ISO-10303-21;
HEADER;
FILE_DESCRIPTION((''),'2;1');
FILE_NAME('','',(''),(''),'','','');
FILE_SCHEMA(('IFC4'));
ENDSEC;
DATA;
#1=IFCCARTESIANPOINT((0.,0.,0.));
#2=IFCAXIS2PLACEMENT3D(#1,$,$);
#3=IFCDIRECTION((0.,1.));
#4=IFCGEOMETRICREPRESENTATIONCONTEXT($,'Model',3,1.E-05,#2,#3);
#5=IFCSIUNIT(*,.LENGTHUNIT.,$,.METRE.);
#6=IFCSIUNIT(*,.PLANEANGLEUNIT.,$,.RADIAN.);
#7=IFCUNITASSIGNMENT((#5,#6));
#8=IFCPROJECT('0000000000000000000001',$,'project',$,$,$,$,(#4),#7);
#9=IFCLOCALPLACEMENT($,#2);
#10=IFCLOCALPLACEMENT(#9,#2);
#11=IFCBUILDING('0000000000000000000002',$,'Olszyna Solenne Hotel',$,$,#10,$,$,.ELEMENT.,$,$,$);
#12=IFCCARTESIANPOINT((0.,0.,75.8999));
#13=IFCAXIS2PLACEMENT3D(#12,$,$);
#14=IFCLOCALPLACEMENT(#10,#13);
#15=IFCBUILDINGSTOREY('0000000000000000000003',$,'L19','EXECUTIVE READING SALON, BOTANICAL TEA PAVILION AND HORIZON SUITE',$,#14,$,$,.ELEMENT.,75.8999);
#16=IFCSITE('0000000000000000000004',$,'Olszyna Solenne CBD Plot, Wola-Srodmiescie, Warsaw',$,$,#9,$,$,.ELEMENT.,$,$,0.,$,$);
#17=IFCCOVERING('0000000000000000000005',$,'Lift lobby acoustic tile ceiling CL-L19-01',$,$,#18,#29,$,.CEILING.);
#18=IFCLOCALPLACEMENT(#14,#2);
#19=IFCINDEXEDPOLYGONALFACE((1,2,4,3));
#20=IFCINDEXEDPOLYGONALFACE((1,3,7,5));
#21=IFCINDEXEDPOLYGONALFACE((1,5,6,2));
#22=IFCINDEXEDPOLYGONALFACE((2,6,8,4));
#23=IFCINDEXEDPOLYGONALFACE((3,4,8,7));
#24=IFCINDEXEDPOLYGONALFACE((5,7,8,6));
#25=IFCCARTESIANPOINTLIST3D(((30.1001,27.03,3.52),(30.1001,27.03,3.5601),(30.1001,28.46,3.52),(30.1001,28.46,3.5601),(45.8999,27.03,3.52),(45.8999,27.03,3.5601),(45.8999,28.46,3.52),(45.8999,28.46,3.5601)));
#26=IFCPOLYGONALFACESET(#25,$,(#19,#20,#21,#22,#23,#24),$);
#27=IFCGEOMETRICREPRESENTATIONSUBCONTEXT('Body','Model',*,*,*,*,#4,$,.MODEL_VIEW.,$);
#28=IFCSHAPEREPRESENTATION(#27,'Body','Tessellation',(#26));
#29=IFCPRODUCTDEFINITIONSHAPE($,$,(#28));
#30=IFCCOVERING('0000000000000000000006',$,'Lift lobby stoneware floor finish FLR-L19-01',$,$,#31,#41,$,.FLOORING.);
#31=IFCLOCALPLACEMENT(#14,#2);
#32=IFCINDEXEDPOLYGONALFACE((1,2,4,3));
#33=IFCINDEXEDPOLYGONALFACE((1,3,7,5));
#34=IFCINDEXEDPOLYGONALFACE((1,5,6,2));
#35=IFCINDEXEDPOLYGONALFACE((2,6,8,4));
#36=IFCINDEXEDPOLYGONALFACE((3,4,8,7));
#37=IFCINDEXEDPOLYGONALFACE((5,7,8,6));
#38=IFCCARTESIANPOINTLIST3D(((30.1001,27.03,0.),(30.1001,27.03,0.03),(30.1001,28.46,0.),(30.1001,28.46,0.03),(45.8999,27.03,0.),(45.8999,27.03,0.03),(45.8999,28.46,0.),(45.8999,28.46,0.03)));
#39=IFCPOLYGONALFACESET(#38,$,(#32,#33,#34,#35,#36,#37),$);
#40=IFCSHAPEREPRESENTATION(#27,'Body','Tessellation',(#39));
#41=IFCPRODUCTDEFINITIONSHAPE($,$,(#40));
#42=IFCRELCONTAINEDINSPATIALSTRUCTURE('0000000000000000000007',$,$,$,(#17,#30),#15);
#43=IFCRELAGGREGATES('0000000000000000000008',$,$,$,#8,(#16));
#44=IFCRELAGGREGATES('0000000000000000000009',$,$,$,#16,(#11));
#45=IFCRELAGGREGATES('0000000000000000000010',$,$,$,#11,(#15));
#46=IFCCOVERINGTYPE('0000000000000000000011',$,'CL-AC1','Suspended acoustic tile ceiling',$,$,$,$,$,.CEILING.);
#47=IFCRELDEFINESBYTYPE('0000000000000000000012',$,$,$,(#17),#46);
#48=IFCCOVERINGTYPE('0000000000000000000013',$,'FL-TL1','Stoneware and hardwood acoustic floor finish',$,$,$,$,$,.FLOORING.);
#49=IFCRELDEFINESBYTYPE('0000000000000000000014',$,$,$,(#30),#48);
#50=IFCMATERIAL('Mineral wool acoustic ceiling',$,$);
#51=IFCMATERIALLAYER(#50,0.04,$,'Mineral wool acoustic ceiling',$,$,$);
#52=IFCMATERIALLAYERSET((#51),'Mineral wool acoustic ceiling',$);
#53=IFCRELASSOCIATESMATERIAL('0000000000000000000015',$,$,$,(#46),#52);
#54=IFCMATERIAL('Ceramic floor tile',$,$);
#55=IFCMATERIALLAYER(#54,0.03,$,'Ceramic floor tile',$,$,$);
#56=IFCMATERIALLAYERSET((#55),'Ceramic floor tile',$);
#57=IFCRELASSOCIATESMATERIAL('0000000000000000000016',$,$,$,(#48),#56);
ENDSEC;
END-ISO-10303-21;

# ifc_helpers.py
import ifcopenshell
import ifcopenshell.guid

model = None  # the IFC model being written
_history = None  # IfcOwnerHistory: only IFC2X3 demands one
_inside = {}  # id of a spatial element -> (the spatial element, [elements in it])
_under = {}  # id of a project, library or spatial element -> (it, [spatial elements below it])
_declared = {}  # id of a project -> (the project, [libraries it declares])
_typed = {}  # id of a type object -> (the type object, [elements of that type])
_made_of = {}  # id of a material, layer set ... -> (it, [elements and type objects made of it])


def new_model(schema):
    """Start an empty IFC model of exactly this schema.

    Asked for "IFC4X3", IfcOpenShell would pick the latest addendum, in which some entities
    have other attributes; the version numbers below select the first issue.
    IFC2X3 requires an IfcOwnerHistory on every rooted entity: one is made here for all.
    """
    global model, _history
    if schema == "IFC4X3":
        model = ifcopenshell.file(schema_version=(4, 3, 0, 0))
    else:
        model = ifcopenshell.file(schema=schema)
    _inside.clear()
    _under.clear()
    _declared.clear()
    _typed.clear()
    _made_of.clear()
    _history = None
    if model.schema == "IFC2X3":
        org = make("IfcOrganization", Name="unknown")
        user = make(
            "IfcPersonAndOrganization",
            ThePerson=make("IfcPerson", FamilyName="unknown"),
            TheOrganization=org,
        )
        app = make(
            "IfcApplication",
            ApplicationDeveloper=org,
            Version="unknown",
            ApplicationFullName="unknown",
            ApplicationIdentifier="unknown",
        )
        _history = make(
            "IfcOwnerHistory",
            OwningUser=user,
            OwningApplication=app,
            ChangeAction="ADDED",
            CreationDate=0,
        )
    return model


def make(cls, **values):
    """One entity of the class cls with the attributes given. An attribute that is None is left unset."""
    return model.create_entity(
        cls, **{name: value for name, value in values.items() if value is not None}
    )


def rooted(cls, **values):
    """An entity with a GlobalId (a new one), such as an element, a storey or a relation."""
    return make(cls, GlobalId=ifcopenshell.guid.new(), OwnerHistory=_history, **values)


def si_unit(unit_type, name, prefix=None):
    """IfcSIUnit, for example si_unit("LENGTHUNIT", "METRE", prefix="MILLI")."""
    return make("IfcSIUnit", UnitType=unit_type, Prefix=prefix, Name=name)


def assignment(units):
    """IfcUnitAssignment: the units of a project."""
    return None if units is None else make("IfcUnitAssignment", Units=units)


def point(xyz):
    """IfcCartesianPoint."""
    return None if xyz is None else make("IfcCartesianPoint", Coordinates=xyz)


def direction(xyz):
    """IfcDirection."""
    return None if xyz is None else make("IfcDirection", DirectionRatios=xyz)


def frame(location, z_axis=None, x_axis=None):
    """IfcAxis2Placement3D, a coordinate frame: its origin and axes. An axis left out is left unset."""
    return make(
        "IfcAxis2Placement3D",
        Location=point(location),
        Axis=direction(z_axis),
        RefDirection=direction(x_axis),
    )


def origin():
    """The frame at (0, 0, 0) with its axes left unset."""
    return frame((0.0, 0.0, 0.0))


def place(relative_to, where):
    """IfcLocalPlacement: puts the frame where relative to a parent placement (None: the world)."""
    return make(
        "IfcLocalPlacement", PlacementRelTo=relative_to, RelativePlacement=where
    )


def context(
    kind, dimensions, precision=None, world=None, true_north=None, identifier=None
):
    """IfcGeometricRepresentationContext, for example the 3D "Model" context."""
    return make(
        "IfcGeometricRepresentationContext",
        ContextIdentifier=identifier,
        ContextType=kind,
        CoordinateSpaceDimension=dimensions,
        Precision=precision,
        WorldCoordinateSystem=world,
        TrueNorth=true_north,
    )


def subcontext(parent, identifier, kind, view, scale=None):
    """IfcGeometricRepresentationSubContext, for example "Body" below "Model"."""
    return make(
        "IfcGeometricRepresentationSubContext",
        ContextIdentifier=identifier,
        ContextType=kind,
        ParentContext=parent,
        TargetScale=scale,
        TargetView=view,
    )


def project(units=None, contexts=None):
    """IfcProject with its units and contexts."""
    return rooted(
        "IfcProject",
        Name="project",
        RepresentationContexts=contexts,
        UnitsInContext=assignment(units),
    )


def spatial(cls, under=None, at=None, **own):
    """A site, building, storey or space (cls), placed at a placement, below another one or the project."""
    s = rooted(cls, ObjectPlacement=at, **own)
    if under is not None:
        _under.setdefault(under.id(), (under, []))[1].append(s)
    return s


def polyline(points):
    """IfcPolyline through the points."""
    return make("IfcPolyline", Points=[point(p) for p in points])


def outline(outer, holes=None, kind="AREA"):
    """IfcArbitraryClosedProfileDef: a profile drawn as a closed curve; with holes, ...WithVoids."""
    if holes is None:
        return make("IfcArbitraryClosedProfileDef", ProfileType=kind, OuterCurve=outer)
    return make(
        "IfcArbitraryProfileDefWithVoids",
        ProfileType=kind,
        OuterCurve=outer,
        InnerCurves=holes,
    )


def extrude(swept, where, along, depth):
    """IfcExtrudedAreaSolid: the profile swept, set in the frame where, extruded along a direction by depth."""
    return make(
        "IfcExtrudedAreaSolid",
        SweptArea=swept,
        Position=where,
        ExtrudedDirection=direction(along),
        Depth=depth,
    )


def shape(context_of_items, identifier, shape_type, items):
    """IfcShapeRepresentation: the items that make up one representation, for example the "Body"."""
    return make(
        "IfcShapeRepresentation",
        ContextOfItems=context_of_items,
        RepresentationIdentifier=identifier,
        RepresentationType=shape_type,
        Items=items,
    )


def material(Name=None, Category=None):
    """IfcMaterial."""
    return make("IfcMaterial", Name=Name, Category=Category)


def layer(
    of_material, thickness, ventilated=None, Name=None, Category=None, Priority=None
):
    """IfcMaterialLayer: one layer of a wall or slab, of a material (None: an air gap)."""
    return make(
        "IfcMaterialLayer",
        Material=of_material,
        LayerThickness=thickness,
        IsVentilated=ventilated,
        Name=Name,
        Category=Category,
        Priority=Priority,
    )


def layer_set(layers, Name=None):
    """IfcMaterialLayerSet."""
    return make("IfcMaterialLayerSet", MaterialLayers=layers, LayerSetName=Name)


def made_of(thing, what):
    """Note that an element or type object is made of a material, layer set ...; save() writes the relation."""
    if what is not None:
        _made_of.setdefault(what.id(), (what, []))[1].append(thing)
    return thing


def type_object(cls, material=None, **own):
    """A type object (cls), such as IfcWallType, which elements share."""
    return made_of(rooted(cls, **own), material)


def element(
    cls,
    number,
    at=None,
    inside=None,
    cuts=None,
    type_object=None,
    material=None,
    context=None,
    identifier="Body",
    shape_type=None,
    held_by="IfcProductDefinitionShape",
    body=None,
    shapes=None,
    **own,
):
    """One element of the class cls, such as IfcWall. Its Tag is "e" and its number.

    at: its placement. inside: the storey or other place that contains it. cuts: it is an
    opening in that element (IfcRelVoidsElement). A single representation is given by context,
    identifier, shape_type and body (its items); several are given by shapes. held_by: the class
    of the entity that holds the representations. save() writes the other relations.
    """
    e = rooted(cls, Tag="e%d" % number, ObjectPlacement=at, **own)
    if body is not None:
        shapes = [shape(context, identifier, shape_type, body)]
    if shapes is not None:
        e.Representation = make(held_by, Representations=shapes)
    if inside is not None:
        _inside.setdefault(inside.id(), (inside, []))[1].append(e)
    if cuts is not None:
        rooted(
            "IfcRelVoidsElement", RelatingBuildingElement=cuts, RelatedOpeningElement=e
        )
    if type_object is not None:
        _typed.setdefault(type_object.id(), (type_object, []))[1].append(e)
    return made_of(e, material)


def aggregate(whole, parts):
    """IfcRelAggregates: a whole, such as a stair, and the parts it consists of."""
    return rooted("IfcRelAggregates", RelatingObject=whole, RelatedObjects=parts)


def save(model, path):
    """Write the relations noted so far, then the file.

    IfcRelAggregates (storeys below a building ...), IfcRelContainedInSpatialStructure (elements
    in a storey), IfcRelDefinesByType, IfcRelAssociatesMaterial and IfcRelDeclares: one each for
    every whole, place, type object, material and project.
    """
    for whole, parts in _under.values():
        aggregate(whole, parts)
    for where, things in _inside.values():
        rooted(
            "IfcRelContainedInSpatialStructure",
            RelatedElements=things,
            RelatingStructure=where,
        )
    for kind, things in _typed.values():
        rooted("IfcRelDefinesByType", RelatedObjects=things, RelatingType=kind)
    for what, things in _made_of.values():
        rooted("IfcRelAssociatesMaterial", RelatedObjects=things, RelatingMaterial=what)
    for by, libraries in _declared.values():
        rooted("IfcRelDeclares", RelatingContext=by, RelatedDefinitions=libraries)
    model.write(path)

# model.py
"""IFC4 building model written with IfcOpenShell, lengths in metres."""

from ifc_helpers import new_model, si_unit, direction, frame, origin, place, context, subcontext, project, spatial, polyline, outline, extrude, material, layer, layer_set, type_object, element, save


model = new_model("IFC4")

# Units and contexts
model_context = context("Model", 3, precision=1e-05, world=origin(), true_north=direction((0.0, 1.0)))
body_context = subcontext(model_context, "Body", "Model", "MODEL_VIEW")
ifc_project = project(units=[si_unit("LENGTHUNIT", "METRE"), si_unit("PLANEANGLEUNIT", "RADIAN")], contexts=[model_context])

# Site, building, storey
site_placement = place(None, origin())
site = spatial("IfcSite", under=ifc_project, at=site_placement, Name="Olszyna Solenne CBD Plot, Wola-Srodmiescie, Warsaw", CompositionType="ELEMENT", RefElevation=0.0)
building_placement = place(site_placement, origin())
building = spatial("IfcBuilding", under=site, at=building_placement, Name="Olszyna Solenne Hotel", CompositionType="ELEMENT")
storey_placement = place(building_placement, frame((0.0, 0.0, 75.8999)))
storey = spatial("IfcBuildingStorey", under=building, at=storey_placement, Name="L19", Description="EXECUTIVE READING SALON, BOTANICAL TEA PAVILION AND HORIZON SUITE", CompositionType="ELEMENT", Elevation=75.8999)

# Coverings
ifc_material_1 = material(Name="Mineral wool acoustic ceiling")
ifc_layer_1 = layer(ifc_material_1, 0.04, Name="Mineral wool acoustic ceiling")
ifc_layer_set_1 = layer_set([ifc_layer_1], Name="Mineral wool acoustic ceiling")
covering_type_1 = type_object("IfcCoveringType", Name="CL-AC1", Description="Suspended acoustic tile ceiling", PredefinedType="CEILING", material=ifc_layer_set_1)
covering_1_placement = place(storey_placement, frame((0.0, 0.0, 3.52)))
element("IfcCovering", 1, at=covering_1_placement, inside=storey, type_object=covering_type_1, Name="Lift lobby acoustic tile ceiling CL-L19-01", PredefinedType="CEILING", context=body_context, shape_type="SweptSolid", body=[
    extrude(outline(polyline([(30.1001, 27.03), (45.8999, 27.03), (45.8999, 28.46), (30.1001, 28.46), (30.1001, 27.03)])), origin(), (0.0, 0.0, 1.0), 0.04),
])
ifc_material_2 = material(Name="Ceramic floor tile")
ifc_layer_2 = layer(ifc_material_2, 0.03, Name="Ceramic floor tile")
ifc_layer_set_2 = layer_set([ifc_layer_2], Name="Ceramic floor tile")
covering_type_2 = type_object("IfcCoveringType", Name="FL-TL1", Description="Stoneware and hardwood acoustic floor finish", PredefinedType="FLOORING", material=ifc_layer_set_2)
covering_2_placement = place(storey_placement, origin())
element("IfcCovering", 2, at=covering_2_placement, inside=storey, type_object=covering_type_2, Name="Lift lobby stoneware floor finish FLR-L19-01", PredefinedType="FLOORING", context=body_context, shape_type="SweptSolid", body=[
    extrude(outline(polyline([(30.1001, 27.03), (45.8999, 27.03), (45.8999, 28.46), (30.1001, 28.46), (30.1001, 27.03)])), origin(), (0.0, 0.0, 1.0), 0.03),
])

save(model, "model.ifc")
